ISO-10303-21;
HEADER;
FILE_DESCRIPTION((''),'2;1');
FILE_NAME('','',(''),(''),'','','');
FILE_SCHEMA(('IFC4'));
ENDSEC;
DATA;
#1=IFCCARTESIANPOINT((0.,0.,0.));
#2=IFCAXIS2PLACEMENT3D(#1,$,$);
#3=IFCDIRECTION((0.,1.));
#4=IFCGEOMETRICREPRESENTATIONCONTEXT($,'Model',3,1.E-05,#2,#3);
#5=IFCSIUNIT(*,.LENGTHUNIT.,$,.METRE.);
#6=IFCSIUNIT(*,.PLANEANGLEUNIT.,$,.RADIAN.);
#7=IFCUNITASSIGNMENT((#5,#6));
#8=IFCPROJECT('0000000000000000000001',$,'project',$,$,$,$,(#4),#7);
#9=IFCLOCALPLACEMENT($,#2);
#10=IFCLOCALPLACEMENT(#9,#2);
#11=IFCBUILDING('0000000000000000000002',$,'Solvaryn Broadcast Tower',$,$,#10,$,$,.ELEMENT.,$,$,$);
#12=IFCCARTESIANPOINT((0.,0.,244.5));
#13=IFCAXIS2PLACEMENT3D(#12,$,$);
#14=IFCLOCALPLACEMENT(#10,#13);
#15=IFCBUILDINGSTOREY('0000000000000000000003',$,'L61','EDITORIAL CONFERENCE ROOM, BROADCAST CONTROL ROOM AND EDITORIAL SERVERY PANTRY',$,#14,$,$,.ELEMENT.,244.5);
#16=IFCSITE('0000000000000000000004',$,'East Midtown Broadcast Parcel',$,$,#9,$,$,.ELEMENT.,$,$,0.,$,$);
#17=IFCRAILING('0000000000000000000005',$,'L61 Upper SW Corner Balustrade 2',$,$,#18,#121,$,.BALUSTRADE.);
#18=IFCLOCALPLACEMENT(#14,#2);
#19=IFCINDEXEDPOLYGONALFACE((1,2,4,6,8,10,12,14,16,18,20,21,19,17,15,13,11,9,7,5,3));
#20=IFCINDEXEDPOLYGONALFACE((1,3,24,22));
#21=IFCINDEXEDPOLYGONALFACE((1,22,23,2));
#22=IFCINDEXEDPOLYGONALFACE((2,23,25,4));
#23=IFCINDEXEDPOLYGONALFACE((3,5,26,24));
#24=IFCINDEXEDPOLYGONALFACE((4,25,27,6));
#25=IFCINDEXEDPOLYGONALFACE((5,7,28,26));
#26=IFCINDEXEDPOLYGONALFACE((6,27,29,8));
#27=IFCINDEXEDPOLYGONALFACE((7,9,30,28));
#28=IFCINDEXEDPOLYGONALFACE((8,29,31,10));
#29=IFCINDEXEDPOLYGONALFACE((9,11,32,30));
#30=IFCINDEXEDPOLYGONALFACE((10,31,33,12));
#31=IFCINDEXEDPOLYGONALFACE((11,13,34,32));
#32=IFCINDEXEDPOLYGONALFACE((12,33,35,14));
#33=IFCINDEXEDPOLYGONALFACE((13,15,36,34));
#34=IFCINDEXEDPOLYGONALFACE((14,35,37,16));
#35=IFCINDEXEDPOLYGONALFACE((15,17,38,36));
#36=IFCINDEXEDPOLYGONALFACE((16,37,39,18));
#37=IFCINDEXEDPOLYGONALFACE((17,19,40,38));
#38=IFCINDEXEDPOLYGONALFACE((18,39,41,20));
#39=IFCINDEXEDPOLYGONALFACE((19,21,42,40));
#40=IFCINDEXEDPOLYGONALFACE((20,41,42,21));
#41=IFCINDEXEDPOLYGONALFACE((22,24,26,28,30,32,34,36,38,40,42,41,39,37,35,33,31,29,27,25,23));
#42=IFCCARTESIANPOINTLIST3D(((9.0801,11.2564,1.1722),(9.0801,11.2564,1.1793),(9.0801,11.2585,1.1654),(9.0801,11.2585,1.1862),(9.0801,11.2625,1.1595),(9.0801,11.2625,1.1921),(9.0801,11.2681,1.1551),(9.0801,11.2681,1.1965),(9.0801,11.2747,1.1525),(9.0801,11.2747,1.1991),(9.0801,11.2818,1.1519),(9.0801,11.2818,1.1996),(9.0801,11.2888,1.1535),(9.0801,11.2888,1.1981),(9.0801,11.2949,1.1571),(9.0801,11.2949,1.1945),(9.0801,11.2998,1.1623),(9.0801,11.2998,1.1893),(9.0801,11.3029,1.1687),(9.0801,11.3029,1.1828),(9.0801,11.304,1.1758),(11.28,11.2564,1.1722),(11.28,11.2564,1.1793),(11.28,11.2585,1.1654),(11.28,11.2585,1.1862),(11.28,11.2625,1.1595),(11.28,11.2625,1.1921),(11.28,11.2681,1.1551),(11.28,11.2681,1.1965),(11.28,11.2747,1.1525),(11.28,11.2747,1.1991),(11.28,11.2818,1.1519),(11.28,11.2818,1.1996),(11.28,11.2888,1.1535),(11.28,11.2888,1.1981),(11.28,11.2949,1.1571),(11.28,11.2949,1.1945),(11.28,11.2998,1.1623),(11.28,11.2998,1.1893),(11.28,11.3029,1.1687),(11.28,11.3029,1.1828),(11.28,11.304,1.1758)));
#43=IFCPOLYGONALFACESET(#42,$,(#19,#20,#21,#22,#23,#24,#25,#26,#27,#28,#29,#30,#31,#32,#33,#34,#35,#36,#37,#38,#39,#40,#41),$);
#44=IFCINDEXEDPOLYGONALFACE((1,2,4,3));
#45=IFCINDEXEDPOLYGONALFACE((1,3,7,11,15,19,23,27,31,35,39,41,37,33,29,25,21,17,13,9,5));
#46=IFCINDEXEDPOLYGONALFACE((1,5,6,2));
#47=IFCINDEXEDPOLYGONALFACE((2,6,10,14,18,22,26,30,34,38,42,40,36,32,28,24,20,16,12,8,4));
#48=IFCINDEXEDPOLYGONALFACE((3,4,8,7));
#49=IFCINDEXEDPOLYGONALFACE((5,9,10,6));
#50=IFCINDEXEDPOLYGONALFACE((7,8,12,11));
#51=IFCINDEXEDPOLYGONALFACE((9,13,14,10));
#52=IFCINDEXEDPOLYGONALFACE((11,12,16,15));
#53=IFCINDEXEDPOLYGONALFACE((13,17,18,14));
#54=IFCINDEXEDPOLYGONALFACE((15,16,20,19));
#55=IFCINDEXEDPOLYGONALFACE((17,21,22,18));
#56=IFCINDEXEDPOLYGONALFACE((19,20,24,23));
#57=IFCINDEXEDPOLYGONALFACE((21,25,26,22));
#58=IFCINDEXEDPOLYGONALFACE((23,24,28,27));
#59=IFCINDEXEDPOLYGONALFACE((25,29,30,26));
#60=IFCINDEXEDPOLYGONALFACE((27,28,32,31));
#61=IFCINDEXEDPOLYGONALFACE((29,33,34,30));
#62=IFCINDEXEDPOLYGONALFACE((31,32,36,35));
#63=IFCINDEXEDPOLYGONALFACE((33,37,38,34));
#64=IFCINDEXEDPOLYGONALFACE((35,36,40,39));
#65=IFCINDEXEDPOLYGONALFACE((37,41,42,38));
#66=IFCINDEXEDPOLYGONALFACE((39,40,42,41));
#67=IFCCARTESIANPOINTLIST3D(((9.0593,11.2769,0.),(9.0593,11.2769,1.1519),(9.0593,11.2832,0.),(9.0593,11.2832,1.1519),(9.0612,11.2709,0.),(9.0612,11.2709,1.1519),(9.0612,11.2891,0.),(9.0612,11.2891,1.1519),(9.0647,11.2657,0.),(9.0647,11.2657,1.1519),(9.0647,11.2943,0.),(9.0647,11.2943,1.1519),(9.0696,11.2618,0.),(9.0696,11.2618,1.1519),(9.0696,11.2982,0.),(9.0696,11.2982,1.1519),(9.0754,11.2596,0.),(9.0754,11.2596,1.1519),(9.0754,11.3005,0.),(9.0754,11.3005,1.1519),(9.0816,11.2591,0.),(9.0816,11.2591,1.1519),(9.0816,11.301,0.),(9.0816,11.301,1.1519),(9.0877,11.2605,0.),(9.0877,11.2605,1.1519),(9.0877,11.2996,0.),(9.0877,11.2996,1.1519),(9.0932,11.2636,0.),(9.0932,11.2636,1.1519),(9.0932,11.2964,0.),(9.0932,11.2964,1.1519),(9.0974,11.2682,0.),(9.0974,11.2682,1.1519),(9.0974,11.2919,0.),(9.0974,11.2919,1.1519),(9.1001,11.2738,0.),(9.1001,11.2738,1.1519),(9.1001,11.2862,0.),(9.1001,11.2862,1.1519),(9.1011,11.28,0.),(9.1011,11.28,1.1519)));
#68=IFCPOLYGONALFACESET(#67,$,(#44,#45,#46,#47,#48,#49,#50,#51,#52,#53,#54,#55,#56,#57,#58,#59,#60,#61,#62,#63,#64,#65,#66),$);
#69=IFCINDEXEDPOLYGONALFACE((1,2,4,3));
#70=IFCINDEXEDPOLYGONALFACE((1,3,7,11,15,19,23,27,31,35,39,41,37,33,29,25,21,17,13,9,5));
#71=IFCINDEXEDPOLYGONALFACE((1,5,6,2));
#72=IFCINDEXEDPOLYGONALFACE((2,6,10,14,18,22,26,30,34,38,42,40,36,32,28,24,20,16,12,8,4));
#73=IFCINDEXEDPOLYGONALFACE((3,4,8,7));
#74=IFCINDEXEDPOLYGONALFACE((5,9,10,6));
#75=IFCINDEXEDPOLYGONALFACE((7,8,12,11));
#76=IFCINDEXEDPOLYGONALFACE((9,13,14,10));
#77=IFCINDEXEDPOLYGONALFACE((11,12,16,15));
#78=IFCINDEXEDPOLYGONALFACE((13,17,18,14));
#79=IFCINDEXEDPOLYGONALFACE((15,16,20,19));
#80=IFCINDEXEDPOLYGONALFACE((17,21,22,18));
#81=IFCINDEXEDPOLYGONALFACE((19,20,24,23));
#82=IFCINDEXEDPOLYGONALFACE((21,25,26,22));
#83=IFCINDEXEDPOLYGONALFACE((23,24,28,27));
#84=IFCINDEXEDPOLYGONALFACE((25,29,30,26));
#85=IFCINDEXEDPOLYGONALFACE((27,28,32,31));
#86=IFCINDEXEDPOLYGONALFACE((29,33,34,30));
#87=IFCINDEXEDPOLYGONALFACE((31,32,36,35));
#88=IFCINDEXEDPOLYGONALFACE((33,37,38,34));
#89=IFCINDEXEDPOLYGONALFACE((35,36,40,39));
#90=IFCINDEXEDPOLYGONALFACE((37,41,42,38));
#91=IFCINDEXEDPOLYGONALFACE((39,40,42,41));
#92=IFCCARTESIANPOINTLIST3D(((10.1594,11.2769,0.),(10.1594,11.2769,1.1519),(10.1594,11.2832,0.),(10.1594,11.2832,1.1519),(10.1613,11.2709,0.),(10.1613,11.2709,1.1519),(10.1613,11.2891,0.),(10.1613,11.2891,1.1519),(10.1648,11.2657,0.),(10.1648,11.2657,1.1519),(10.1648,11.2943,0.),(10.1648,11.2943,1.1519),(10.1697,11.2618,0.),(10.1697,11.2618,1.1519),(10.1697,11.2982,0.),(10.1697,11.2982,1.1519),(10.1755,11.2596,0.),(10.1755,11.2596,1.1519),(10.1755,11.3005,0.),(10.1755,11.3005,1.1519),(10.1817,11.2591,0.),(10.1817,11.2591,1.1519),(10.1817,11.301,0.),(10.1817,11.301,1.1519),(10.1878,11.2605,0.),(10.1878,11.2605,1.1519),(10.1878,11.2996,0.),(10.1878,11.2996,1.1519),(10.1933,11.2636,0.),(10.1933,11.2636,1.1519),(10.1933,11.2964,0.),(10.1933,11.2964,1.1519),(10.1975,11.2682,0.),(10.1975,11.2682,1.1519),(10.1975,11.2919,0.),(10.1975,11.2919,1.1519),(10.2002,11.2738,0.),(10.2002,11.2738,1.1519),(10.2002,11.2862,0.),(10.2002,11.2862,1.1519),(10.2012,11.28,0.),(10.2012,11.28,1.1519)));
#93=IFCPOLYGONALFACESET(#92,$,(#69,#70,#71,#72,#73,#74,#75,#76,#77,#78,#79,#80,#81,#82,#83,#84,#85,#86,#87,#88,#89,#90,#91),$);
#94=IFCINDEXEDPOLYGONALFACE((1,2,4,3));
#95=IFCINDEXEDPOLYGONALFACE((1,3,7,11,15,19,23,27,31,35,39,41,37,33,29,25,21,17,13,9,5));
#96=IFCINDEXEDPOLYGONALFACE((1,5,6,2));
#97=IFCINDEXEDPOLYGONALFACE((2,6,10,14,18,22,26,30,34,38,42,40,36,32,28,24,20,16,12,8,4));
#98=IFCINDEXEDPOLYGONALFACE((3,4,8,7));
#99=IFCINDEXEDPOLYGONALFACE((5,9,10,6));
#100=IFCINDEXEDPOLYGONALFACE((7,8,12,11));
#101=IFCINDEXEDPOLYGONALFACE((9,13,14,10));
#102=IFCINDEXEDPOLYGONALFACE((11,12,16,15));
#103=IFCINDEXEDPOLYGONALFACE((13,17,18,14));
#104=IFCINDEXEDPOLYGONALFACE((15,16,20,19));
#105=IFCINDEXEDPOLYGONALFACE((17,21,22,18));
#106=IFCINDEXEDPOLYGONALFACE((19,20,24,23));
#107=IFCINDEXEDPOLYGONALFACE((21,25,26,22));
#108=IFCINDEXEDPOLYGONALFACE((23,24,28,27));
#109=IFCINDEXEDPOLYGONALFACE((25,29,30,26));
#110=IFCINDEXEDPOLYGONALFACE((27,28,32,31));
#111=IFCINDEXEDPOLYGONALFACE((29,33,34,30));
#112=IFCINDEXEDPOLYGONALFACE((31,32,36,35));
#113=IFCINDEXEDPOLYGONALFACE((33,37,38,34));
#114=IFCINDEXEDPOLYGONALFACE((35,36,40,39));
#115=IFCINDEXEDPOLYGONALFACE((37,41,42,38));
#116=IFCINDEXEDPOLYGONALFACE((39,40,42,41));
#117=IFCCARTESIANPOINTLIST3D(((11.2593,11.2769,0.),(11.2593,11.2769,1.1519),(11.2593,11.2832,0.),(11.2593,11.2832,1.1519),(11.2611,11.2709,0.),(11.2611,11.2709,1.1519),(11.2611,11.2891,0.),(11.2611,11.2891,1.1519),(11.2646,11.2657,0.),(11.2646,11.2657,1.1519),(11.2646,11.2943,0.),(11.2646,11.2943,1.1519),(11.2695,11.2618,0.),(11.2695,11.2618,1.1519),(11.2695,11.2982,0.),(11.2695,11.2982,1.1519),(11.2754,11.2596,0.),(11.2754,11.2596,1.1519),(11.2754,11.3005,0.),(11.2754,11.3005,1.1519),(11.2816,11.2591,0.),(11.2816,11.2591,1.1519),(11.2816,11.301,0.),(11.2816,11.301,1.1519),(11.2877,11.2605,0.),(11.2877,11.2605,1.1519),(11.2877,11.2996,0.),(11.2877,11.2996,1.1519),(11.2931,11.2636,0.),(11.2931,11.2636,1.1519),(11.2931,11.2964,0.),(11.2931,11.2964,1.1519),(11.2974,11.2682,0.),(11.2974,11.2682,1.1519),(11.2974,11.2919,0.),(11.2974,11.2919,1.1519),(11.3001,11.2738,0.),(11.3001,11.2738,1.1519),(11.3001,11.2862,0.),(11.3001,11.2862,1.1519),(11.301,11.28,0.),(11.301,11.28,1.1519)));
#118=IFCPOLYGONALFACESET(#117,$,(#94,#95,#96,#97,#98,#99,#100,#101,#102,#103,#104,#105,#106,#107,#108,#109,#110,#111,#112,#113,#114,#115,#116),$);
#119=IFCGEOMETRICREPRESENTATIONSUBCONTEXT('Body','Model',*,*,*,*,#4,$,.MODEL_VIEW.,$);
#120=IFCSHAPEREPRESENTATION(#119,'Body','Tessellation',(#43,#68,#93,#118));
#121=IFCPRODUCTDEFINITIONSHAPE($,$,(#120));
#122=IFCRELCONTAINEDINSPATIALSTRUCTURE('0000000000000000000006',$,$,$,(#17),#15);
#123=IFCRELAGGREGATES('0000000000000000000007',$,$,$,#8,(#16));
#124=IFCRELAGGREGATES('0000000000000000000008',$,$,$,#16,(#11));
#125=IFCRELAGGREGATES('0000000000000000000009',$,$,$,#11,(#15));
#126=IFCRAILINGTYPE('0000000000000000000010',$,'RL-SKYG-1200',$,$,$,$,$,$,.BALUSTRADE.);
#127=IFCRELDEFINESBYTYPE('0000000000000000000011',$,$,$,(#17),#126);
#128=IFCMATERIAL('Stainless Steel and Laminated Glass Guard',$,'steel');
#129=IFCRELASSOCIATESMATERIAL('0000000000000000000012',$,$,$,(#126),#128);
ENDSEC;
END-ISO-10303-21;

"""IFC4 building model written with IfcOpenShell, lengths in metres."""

from ifc_helpers import new_model, si_unit, direction, frame, origin, origin_2d, place, context, subcontext, project, spatial, circle, extrude, material, type_object, element, save


model = new_model("IFC4")

# Units and contexts
model_context = context("Model", 3, precision=1e-05, world=origin(), true_north=direction((0.0, 1.0)))
body_context = subcontext(model_context, "Body", "Model", "MODEL_VIEW")
ifc_project = project(units=[si_unit("LENGTHUNIT", "METRE"), si_unit("PLANEANGLEUNIT", "RADIAN")], contexts=[model_context])

# Site, building, storey
site_placement = place(None, origin())
site = spatial("IfcSite", under=ifc_project, at=site_placement, Name="East Midtown Broadcast Parcel", CompositionType="ELEMENT", RefElevation=0.0)
building_placement = place(site_placement, origin())
building = spatial("IfcBuilding", under=site, at=building_placement, Name="Solvaryn Broadcast Tower", CompositionType="ELEMENT")
storey_placement = place(building_placement, frame((0.0, 0.0, 244.5)))
storey = spatial("IfcBuildingStorey", under=building, at=storey_placement, Name="L61", Description="EDITORIAL CONFERENCE ROOM, BROADCAST CONTROL ROOM AND EDITORIAL SERVERY PANTRY", CompositionType="ELEMENT", Elevation=244.5)

# Railing
ifc_material_1 = material(Name="Stainless Steel and Laminated Glass Guard", Category="steel")
railing_type = type_object("IfcRailingType", Name="RL-SKYG-1200", PredefinedType="BALUSTRADE", material=ifc_material_1)
railing_1_placement = place(storey_placement, frame((9.0801, 11.28, 0.0)))
element("IfcRailing", 1, at=railing_1_placement, inside=storey, type_object=railing_type, Name="L61 Upper SW Corner Balustrade 2", PredefinedType="BALUSTRADE", context=body_context, shape_type="SweptSolid", body=[
    extrude(circle(Radius=0.0239, at=origin_2d()), frame((0.0, 0.0, 1.1758), z_axis=(1.0, 0.0, 0.0), x_axis=(0.0, 1.0, 0.0)), (0.0, 0.0, 1.0), 2.2),
    extrude(circle(Radius=0.021, at=origin_2d()), origin(), (0.0, 0.0, 1.0), 1.1519),
    extrude(circle(Radius=0.021, at=origin_2d()), frame((1.1001, 0.0, 0.0)), (0.0, 0.0, 1.0), 1.1519),
    extrude(circle(Radius=0.021, at=origin_2d()), frame((2.2, 0.0, 0.0)), (0.0, 0.0, 1.0), 1.1519),
])

save(model, "model.ifc")
